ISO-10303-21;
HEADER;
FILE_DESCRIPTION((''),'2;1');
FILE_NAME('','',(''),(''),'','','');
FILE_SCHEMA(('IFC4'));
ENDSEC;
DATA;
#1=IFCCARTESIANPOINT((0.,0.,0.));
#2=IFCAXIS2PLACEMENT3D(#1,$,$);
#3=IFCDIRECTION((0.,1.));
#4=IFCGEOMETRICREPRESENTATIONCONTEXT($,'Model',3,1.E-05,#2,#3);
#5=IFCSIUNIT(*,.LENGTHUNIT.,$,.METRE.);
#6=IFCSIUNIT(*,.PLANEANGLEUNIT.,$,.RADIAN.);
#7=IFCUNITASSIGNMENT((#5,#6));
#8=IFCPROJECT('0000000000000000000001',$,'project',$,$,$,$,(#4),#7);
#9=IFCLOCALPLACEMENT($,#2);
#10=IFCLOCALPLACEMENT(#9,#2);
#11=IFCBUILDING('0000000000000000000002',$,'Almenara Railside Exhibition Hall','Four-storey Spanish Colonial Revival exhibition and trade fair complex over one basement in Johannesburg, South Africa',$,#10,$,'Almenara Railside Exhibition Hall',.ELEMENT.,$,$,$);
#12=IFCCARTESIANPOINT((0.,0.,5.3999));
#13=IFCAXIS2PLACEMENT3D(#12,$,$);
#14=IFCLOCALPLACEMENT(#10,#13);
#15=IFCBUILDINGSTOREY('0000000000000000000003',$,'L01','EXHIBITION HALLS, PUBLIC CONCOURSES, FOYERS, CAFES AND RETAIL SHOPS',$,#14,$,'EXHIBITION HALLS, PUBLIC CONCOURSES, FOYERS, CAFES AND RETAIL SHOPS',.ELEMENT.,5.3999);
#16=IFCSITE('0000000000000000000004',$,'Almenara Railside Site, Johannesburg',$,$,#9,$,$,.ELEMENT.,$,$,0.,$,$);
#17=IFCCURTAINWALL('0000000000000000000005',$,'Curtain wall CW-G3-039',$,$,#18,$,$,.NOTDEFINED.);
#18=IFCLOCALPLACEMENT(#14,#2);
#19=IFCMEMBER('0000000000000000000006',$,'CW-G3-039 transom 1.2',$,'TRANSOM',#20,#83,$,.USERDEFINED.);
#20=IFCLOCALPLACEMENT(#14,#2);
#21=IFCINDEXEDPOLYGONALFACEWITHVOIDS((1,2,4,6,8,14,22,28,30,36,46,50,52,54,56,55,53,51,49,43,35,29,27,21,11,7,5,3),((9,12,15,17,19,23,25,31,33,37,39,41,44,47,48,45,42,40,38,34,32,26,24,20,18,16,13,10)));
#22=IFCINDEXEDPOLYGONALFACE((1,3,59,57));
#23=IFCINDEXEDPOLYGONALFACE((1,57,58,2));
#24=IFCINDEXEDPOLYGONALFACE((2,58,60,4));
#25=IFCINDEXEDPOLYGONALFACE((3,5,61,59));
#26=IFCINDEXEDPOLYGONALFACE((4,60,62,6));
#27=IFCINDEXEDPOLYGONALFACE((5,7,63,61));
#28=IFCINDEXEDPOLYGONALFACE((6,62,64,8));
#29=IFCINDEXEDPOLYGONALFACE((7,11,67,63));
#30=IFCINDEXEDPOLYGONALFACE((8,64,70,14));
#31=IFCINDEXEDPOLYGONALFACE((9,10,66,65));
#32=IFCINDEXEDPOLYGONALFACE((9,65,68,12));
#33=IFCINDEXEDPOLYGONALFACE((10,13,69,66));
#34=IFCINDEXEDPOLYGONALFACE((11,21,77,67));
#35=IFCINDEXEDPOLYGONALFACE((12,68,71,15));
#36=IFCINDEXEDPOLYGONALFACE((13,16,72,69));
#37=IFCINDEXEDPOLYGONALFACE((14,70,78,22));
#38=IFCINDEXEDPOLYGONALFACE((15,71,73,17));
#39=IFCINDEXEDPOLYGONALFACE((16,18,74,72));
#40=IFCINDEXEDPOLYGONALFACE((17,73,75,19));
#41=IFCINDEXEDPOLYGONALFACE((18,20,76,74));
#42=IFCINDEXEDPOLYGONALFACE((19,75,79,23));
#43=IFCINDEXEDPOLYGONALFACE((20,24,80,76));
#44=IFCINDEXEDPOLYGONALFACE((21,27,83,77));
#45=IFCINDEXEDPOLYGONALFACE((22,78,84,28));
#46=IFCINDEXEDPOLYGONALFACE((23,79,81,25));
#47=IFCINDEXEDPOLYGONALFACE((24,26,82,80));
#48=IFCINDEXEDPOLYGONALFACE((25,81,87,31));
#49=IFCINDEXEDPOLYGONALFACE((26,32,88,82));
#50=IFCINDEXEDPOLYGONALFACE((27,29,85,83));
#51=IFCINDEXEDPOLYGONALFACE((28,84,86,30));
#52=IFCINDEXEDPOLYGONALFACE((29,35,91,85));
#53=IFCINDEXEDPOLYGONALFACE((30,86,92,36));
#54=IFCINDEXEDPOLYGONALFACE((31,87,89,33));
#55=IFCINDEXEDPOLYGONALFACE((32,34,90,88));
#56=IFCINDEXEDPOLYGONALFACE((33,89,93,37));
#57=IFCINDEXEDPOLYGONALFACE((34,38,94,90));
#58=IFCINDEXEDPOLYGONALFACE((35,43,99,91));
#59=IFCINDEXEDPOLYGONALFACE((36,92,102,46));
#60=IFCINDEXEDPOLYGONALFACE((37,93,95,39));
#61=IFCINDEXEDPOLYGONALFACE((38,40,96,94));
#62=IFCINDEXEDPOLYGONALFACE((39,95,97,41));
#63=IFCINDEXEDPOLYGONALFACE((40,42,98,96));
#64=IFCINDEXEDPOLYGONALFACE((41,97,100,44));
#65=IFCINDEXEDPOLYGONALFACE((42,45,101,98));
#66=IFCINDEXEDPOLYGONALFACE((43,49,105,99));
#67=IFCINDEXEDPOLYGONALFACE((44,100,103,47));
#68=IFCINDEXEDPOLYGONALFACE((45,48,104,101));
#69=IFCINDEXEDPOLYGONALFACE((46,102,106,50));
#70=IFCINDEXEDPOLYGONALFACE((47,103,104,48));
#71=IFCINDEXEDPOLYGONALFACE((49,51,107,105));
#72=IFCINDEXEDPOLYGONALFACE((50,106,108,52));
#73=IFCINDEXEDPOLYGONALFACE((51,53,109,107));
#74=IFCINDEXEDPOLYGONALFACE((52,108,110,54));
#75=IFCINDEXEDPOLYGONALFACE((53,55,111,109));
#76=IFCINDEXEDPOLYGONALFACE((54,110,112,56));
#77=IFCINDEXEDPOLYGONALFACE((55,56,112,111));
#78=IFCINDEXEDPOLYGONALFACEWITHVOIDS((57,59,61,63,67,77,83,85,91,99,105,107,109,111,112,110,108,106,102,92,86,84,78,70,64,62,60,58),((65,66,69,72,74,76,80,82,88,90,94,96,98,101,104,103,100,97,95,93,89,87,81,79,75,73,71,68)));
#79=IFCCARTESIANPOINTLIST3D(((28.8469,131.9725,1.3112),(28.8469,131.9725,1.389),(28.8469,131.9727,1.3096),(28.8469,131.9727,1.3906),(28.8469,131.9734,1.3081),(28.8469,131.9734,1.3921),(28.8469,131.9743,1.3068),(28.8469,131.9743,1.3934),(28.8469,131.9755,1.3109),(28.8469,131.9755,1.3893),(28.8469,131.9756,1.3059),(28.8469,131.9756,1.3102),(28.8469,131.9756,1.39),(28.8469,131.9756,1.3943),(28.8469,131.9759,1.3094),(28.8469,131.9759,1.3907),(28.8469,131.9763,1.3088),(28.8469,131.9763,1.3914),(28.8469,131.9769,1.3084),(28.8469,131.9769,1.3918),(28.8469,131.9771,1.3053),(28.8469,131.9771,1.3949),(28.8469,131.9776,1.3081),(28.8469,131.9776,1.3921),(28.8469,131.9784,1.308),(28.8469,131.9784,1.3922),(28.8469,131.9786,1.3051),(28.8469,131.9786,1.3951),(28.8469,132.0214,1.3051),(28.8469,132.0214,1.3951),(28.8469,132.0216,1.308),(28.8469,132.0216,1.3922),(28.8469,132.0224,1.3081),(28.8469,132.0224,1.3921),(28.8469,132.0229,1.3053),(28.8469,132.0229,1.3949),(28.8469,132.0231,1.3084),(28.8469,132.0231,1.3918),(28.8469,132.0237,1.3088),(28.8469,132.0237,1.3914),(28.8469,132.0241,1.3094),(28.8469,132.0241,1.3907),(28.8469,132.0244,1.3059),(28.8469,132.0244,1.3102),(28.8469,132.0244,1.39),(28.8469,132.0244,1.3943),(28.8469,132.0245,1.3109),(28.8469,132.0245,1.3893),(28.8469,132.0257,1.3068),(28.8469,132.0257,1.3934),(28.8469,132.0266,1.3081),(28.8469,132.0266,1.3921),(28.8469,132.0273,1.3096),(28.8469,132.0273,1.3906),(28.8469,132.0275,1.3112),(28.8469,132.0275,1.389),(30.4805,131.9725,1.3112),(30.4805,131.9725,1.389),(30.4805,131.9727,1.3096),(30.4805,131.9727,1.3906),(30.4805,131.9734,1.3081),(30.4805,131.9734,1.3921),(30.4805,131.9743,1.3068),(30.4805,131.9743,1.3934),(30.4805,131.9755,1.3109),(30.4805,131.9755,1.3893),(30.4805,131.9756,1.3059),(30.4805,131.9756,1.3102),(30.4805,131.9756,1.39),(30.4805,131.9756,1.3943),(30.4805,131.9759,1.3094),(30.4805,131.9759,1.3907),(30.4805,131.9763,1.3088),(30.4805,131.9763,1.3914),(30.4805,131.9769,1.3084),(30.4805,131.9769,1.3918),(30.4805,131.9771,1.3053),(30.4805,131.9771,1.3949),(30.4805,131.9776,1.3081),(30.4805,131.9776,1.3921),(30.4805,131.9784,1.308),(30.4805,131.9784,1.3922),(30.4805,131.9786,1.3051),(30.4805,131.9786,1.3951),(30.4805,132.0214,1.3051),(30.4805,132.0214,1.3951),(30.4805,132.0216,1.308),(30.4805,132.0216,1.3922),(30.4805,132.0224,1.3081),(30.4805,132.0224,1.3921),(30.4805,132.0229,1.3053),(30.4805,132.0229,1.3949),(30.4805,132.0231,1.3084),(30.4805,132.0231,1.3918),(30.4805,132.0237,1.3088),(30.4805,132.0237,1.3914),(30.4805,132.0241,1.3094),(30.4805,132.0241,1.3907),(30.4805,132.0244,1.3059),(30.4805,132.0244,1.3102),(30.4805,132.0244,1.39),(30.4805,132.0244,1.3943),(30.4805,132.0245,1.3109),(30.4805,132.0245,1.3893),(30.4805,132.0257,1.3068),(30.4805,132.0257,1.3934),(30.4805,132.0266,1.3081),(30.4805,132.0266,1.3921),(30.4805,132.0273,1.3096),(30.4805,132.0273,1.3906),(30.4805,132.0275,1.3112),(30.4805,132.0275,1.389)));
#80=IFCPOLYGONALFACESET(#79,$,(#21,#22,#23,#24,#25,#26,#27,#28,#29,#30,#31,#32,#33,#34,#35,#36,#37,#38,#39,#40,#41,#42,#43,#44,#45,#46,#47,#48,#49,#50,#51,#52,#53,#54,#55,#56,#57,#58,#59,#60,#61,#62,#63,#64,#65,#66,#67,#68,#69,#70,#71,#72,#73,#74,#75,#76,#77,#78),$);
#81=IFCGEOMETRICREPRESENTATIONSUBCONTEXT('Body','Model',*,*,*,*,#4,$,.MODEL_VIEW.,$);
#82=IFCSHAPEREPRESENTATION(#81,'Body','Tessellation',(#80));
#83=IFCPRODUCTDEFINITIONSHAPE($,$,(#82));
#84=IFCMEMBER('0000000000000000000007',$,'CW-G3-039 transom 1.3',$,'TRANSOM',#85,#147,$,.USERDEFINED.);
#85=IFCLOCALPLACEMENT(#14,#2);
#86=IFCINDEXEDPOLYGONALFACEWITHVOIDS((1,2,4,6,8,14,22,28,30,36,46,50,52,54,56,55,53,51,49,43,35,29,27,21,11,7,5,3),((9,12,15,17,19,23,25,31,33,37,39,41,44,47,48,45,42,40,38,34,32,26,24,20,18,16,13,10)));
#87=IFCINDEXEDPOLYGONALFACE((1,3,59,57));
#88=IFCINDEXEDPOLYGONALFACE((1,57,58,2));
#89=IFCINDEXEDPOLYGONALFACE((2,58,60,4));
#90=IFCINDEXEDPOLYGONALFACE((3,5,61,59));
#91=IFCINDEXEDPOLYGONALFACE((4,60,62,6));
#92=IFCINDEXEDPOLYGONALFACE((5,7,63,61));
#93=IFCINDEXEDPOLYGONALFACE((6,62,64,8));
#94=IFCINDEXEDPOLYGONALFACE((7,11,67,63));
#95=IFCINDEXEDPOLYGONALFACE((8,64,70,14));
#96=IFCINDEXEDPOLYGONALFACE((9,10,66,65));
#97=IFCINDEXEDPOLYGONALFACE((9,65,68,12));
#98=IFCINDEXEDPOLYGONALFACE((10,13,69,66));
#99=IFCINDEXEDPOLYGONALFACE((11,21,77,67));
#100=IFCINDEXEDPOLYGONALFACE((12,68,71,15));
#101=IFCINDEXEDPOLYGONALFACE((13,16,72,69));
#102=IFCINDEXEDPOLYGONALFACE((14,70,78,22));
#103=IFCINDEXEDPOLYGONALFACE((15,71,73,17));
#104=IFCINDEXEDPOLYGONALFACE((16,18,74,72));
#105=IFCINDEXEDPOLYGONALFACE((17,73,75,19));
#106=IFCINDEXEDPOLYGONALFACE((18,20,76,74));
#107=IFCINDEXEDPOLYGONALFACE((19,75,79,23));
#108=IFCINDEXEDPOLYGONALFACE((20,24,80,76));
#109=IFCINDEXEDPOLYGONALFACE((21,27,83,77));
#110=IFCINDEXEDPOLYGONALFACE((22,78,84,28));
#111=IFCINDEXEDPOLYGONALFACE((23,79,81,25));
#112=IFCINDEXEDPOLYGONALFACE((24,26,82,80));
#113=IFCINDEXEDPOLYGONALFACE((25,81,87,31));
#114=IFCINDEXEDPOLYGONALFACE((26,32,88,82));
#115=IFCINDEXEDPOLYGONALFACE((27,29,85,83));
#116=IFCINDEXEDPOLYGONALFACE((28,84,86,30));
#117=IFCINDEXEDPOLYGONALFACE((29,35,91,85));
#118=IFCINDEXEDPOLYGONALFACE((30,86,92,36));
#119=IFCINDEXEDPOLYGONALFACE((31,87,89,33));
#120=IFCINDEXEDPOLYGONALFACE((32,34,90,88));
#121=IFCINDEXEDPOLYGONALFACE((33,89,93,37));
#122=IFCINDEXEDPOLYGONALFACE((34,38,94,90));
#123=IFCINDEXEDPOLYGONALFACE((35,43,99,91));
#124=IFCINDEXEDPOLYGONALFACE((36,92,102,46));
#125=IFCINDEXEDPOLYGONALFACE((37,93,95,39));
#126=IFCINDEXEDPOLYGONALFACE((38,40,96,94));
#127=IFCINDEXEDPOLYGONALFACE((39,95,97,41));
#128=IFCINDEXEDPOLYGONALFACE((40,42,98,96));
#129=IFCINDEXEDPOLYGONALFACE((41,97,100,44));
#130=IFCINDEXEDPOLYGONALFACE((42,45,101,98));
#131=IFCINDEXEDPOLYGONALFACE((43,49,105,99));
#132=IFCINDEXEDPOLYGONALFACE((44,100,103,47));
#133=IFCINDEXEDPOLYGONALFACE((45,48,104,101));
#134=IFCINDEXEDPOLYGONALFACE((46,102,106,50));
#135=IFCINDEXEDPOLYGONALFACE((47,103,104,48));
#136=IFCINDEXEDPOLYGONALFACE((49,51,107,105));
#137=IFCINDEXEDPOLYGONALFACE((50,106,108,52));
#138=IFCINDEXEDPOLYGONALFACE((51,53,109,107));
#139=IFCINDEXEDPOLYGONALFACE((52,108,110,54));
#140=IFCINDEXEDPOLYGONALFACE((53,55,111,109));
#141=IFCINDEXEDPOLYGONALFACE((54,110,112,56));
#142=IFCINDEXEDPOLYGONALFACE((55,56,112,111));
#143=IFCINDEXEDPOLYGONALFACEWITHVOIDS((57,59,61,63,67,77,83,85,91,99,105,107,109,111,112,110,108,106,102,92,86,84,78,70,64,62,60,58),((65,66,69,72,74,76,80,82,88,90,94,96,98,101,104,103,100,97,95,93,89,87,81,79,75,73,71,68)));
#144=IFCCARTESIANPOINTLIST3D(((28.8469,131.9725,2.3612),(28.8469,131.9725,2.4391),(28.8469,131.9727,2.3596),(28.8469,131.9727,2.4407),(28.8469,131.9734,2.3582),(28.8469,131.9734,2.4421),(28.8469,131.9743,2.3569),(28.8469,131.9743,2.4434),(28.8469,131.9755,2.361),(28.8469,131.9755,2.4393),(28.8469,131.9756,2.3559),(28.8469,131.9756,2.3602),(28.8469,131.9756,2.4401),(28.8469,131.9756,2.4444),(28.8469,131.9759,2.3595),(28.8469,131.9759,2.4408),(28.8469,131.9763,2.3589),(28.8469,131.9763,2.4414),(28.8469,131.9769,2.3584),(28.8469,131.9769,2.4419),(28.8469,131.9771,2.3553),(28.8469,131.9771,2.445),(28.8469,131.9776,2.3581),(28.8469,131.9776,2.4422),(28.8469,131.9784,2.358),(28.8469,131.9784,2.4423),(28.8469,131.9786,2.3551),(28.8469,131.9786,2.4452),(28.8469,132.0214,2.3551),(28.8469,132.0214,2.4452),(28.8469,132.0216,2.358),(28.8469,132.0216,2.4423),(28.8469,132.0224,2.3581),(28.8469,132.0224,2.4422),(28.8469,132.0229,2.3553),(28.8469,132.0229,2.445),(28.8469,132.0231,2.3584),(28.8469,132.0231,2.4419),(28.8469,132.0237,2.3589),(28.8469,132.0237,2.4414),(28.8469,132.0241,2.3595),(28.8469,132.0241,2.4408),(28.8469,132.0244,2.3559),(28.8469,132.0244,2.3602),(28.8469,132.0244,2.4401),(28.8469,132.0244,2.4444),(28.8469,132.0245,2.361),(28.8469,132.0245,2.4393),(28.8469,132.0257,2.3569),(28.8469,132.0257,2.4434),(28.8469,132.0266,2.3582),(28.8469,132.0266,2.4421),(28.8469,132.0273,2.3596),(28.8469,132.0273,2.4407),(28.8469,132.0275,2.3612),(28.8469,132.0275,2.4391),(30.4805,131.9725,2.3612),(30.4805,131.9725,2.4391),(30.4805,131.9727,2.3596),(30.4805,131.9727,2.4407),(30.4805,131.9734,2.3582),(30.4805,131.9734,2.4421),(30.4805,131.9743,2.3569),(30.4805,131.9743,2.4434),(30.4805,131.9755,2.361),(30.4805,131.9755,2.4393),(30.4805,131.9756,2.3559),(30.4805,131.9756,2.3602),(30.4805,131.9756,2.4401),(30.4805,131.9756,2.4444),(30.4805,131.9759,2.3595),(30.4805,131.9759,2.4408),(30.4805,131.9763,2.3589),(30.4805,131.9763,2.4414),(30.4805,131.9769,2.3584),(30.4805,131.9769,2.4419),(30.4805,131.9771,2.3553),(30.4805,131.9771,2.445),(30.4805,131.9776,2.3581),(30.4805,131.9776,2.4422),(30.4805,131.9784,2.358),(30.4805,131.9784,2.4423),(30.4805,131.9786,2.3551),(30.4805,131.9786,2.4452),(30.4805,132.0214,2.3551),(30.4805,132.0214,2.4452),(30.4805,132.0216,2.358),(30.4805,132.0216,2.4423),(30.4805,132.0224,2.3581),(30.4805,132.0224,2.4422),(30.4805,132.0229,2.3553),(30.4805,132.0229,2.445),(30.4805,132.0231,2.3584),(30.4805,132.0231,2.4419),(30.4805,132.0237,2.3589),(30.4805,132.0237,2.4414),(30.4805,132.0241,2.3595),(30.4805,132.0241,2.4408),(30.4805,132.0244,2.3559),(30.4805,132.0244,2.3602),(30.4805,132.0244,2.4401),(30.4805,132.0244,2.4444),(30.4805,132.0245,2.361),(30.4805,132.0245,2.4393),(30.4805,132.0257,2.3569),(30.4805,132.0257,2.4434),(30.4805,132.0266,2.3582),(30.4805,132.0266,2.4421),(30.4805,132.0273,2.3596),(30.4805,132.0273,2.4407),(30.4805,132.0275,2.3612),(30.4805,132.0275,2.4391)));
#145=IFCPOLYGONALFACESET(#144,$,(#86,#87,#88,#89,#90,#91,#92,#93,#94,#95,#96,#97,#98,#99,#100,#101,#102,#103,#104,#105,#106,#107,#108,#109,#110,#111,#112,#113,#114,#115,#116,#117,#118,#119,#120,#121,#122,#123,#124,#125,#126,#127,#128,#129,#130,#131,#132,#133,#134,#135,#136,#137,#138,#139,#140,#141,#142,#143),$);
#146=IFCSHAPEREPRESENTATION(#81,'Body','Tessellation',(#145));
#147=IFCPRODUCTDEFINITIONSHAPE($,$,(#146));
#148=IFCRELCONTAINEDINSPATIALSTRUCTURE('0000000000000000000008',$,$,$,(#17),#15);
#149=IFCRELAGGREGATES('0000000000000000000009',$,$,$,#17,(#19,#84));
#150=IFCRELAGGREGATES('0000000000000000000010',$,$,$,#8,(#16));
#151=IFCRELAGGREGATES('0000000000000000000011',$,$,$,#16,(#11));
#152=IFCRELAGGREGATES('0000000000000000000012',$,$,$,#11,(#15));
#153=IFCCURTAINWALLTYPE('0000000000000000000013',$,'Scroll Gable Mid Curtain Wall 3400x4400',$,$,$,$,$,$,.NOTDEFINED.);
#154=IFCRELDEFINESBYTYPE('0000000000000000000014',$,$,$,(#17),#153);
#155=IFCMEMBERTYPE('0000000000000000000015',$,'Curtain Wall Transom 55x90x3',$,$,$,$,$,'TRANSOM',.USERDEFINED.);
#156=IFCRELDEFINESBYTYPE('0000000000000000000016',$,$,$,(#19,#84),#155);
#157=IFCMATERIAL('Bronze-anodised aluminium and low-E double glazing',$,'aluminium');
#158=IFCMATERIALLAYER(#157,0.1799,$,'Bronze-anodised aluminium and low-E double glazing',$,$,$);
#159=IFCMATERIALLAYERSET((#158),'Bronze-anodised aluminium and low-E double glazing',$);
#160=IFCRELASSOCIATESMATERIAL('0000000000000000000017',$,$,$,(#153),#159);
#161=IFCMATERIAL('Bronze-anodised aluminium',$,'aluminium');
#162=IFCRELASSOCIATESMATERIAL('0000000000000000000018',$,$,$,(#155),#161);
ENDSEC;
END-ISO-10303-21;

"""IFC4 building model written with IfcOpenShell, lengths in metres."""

from ifc_helpers import new_model, si_unit, direction, frame, origin, origin_2d, place, context, subcontext, project, spatial, hollow_rectangle, extrude, material, layer, layer_set, material_profile, profile_set, type_object, element, aggregate, save


model = new_model("IFC4")

# Units and contexts
model_context = context("Model", 3, precision=1e-05, world=origin(), true_north=direction((0.0, 1.0)))
body_context = subcontext(model_context, "Body", "Model", "MODEL_VIEW")
ifc_project = project(units=[si_unit("LENGTHUNIT", "METRE"), si_unit("PLANEANGLEUNIT", "RADIAN")], contexts=[model_context])

# Site, building, storey
site_placement = place(None, origin())
site = spatial("IfcSite", under=ifc_project, at=site_placement, Name="Almenara Railside Site, Johannesburg", CompositionType="ELEMENT", RefElevation=0.0)
building_placement = place(site_placement, origin())
building = spatial("IfcBuilding", under=site, at=building_placement, Name="Almenara Railside Exhibition Hall", Description="Four-storey Spanish Colonial Revival exhibition and trade fair complex over one basement in Johannesburg, South Africa", LongName="Almenara Railside Exhibition Hall", CompositionType="ELEMENT")
storey_placement = place(building_placement, frame((0.0, 0.0, 5.3999)))
storey = spatial("IfcBuildingStorey", under=building, at=storey_placement, Name="L01", Description="EXHIBITION HALLS, PUBLIC CONCOURSES, FOYERS, CAFES AND RETAIL SHOPS", LongName="EXHIBITION HALLS, PUBLIC CONCOURSES, FOYERS, CAFES AND RETAIL SHOPS", CompositionType="ELEMENT", Elevation=5.3999)

# Curtain wall
ifc_material_1 = material(Name="Bronze-anodised aluminium and low-E double glazing", Category="aluminium")
ifc_layer_1 = layer(ifc_material_1, 0.1799, Name="Bronze-anodised aluminium and low-E double glazing")
ifc_layer_set_1 = layer_set([ifc_layer_1], Name="Bronze-anodised aluminium and low-E double glazing")
curtain_wall_type_1 = type_object("IfcCurtainWallType", Name="Scroll Gable Mid Curtain Wall 3400x4400", PredefinedType="NOTDEFINED", material=ifc_layer_set_1)
curtain_wall_1_placement = place(storey_placement, origin())
curtain_wall_1 = element("IfcCurtainWall", 1, at=curtain_wall_1_placement, inside=storey, type_object=curtain_wall_type_1, Name="Curtain wall CW-G3-039", PredefinedType="NOTDEFINED")
ifc_material_2 = material(Name="Bronze-anodised aluminium", Category="aluminium")

# Members
ifc_material_profile_1 = material_profile(ifc_material_2, hollow_rectangle(XDim=0.0549, YDim=0.0901, WallThickness=0.0029, InnerFilletRadius=0.0029, OuterFilletRadius=0.0061, at=origin_2d()), Name="ALU-TRN 55x90x3")
ifc_profile_set_1 = profile_set([ifc_material_profile_1], Name="Bronze-anodised aluminium")
member_type_1 = type_object("IfcMemberType", Name="Curtain Wall Transom 55x90x3", ElementType="TRANSOM", PredefinedType="USERDEFINED", material=ifc_profile_set_1)
member_1_placement = place(storey_placement, frame((28.8469, 132.0, 1.3501), z_axis=(1.0, 0.0, 0.0), x_axis=(0.0, 1.0, 0.0)))
member_1 = element("IfcMember", 2, at=member_1_placement, type_object=member_type_1, Name="CW-G3-039 transom 1.2", ObjectType="TRANSOM", PredefinedType="USERDEFINED", context=body_context, shape_type="SweptSolid", body=[
    extrude(hollow_rectangle(XDim=0.0549, YDim=0.0901, WallThickness=0.0029, InnerFilletRadius=0.0029, OuterFilletRadius=0.0061, at=origin_2d()), origin(), (0.0, 0.0, 1.0), 1.6335),
])
member_2_placement = place(storey_placement, frame((28.8469, 132.0, 2.4001), z_axis=(1.0, 0.0, 0.0), x_axis=(0.0, 1.0, 0.0)))
member_2 = element("IfcMember", 3, at=member_2_placement, type_object=member_type_1, Name="CW-G3-039 transom 1.3", ObjectType="TRANSOM", PredefinedType="USERDEFINED", context=body_context, shape_type="SweptSolid", body=[
    extrude(hollow_rectangle(XDim=0.0549, YDim=0.0901, WallThickness=0.0029, InnerFilletRadius=0.0029, OuterFilletRadius=0.0061, at=origin_2d()), origin(), (0.0, 0.0, 1.0), 1.6335),
])

aggregate(curtain_wall_1, [member_1, member_2])

save(model, "model.ifc")
